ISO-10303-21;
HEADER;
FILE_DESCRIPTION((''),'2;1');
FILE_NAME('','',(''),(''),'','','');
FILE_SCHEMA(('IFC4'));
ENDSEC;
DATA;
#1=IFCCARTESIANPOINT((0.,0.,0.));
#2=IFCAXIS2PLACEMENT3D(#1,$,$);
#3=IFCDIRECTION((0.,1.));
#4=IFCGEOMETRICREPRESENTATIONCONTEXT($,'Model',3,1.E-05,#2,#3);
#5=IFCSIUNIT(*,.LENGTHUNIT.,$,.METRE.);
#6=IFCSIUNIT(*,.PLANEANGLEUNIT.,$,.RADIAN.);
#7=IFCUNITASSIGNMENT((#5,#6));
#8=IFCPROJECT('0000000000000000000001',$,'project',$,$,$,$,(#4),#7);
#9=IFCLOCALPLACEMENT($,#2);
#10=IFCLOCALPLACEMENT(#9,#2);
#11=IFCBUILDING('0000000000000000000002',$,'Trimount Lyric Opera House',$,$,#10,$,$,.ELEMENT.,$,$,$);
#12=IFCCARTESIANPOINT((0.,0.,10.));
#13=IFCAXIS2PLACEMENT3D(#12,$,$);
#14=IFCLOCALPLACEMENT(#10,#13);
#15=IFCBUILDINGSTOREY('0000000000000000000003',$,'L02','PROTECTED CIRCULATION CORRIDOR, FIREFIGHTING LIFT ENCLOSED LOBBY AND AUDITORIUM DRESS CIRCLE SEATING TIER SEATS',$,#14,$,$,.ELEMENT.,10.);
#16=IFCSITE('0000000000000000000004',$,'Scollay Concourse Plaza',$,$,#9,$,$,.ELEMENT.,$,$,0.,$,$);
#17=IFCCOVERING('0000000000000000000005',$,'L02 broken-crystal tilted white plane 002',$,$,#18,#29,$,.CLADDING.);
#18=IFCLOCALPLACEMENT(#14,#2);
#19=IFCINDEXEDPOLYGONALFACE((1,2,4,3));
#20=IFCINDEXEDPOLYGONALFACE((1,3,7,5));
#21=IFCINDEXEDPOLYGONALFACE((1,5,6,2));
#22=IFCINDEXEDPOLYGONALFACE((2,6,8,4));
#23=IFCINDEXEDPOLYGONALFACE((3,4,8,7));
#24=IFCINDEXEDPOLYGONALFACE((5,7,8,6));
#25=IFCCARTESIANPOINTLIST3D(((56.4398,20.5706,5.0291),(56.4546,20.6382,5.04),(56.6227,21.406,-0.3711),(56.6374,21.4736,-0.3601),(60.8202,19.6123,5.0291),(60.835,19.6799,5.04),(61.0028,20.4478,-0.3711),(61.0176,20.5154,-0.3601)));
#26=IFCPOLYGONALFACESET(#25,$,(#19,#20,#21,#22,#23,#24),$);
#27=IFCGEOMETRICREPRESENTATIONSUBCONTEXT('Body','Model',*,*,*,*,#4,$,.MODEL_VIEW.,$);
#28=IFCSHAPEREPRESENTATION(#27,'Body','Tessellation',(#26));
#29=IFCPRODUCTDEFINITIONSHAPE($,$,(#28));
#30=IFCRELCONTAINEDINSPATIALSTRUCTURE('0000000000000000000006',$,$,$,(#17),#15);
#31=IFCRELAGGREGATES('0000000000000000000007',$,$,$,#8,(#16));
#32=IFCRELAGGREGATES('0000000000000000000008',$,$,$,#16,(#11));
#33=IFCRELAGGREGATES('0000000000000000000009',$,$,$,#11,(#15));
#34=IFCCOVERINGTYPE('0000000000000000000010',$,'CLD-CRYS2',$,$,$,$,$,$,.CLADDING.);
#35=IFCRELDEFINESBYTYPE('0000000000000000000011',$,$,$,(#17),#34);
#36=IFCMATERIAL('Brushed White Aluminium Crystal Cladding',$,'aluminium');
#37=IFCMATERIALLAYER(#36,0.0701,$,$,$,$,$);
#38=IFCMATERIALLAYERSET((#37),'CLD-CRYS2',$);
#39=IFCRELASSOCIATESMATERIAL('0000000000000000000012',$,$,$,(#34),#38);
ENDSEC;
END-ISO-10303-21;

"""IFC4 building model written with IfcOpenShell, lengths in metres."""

from ifc_helpers import new_model, si_unit, direction, frame, origin, place, context, subcontext, project, spatial, polyline, outline, extrude, material, layer, layer_set, type_object, element, save


model = new_model("IFC4")

# Units and contexts
model_context = context("Model", 3, precision=1e-05, world=origin(), true_north=direction((0.0, 1.0)))
body_context = subcontext(model_context, "Body", "Model", "MODEL_VIEW")
ifc_project = project(units=[si_unit("LENGTHUNIT", "METRE"), si_unit("PLANEANGLEUNIT", "RADIAN")], contexts=[model_context])

# Site, building, storey
site_placement = place(None, origin())
site = spatial("IfcSite", under=ifc_project, at=site_placement, Name="Scollay Concourse Plaza", CompositionType="ELEMENT", RefElevation=0.0)
building_placement = place(site_placement, origin())
building = spatial("IfcBuilding", under=site, at=building_placement, Name="Trimount Lyric Opera House", CompositionType="ELEMENT")
storey_placement = place(building_placement, frame((0.0, 0.0, 10.0)))
storey = spatial("IfcBuildingStorey", under=building, at=storey_placement, Name="L02", Description="PROTECTED CIRCULATION CORRIDOR, FIREFIGHTING LIFT ENCLOSED LOBBY AND AUDITORIUM DRESS CIRCLE SEATING TIER SEATS", CompositionType="ELEMENT", Elevation=10.0)

# Covering
ifc_material_1 = material(Name="Brushed White Aluminium Crystal Cladding", Category="aluminium")
ifc_layer_1 = layer(ifc_material_1, 0.0701)
ifc_layer_set_1 = layer_set([ifc_layer_1], Name="CLD-CRYS2")
covering_type = type_object("IfcCoveringType", Name="CLD-CRYS2", PredefinedType="CLADDING", material=ifc_layer_set_1)
covering_placement = place(storey_placement, frame((61.0176, 20.5154, -0.3601), z_axis=(0.211082, 0.964872, 0.156417), x_axis=(-0.976897, 0.213712, -0.000001)))
element("IfcCovering", 1, at=covering_placement, inside=storey, type_object=covering_type, Name="L02 broken-crystal tilted white plane 002", PredefinedType="CLADDING", context=body_context, shape_type="SweptSolid", body=[
    extrude(outline(polyline([(0.0, 0.0), (4.4837, 0.0), (4.4838, 5.4674), (-0.0002, 5.4674), (0.0, 0.0)])), origin(), (0.0, 0.0, -1.0), 0.0701),
])

save(model, "model.ifc")
